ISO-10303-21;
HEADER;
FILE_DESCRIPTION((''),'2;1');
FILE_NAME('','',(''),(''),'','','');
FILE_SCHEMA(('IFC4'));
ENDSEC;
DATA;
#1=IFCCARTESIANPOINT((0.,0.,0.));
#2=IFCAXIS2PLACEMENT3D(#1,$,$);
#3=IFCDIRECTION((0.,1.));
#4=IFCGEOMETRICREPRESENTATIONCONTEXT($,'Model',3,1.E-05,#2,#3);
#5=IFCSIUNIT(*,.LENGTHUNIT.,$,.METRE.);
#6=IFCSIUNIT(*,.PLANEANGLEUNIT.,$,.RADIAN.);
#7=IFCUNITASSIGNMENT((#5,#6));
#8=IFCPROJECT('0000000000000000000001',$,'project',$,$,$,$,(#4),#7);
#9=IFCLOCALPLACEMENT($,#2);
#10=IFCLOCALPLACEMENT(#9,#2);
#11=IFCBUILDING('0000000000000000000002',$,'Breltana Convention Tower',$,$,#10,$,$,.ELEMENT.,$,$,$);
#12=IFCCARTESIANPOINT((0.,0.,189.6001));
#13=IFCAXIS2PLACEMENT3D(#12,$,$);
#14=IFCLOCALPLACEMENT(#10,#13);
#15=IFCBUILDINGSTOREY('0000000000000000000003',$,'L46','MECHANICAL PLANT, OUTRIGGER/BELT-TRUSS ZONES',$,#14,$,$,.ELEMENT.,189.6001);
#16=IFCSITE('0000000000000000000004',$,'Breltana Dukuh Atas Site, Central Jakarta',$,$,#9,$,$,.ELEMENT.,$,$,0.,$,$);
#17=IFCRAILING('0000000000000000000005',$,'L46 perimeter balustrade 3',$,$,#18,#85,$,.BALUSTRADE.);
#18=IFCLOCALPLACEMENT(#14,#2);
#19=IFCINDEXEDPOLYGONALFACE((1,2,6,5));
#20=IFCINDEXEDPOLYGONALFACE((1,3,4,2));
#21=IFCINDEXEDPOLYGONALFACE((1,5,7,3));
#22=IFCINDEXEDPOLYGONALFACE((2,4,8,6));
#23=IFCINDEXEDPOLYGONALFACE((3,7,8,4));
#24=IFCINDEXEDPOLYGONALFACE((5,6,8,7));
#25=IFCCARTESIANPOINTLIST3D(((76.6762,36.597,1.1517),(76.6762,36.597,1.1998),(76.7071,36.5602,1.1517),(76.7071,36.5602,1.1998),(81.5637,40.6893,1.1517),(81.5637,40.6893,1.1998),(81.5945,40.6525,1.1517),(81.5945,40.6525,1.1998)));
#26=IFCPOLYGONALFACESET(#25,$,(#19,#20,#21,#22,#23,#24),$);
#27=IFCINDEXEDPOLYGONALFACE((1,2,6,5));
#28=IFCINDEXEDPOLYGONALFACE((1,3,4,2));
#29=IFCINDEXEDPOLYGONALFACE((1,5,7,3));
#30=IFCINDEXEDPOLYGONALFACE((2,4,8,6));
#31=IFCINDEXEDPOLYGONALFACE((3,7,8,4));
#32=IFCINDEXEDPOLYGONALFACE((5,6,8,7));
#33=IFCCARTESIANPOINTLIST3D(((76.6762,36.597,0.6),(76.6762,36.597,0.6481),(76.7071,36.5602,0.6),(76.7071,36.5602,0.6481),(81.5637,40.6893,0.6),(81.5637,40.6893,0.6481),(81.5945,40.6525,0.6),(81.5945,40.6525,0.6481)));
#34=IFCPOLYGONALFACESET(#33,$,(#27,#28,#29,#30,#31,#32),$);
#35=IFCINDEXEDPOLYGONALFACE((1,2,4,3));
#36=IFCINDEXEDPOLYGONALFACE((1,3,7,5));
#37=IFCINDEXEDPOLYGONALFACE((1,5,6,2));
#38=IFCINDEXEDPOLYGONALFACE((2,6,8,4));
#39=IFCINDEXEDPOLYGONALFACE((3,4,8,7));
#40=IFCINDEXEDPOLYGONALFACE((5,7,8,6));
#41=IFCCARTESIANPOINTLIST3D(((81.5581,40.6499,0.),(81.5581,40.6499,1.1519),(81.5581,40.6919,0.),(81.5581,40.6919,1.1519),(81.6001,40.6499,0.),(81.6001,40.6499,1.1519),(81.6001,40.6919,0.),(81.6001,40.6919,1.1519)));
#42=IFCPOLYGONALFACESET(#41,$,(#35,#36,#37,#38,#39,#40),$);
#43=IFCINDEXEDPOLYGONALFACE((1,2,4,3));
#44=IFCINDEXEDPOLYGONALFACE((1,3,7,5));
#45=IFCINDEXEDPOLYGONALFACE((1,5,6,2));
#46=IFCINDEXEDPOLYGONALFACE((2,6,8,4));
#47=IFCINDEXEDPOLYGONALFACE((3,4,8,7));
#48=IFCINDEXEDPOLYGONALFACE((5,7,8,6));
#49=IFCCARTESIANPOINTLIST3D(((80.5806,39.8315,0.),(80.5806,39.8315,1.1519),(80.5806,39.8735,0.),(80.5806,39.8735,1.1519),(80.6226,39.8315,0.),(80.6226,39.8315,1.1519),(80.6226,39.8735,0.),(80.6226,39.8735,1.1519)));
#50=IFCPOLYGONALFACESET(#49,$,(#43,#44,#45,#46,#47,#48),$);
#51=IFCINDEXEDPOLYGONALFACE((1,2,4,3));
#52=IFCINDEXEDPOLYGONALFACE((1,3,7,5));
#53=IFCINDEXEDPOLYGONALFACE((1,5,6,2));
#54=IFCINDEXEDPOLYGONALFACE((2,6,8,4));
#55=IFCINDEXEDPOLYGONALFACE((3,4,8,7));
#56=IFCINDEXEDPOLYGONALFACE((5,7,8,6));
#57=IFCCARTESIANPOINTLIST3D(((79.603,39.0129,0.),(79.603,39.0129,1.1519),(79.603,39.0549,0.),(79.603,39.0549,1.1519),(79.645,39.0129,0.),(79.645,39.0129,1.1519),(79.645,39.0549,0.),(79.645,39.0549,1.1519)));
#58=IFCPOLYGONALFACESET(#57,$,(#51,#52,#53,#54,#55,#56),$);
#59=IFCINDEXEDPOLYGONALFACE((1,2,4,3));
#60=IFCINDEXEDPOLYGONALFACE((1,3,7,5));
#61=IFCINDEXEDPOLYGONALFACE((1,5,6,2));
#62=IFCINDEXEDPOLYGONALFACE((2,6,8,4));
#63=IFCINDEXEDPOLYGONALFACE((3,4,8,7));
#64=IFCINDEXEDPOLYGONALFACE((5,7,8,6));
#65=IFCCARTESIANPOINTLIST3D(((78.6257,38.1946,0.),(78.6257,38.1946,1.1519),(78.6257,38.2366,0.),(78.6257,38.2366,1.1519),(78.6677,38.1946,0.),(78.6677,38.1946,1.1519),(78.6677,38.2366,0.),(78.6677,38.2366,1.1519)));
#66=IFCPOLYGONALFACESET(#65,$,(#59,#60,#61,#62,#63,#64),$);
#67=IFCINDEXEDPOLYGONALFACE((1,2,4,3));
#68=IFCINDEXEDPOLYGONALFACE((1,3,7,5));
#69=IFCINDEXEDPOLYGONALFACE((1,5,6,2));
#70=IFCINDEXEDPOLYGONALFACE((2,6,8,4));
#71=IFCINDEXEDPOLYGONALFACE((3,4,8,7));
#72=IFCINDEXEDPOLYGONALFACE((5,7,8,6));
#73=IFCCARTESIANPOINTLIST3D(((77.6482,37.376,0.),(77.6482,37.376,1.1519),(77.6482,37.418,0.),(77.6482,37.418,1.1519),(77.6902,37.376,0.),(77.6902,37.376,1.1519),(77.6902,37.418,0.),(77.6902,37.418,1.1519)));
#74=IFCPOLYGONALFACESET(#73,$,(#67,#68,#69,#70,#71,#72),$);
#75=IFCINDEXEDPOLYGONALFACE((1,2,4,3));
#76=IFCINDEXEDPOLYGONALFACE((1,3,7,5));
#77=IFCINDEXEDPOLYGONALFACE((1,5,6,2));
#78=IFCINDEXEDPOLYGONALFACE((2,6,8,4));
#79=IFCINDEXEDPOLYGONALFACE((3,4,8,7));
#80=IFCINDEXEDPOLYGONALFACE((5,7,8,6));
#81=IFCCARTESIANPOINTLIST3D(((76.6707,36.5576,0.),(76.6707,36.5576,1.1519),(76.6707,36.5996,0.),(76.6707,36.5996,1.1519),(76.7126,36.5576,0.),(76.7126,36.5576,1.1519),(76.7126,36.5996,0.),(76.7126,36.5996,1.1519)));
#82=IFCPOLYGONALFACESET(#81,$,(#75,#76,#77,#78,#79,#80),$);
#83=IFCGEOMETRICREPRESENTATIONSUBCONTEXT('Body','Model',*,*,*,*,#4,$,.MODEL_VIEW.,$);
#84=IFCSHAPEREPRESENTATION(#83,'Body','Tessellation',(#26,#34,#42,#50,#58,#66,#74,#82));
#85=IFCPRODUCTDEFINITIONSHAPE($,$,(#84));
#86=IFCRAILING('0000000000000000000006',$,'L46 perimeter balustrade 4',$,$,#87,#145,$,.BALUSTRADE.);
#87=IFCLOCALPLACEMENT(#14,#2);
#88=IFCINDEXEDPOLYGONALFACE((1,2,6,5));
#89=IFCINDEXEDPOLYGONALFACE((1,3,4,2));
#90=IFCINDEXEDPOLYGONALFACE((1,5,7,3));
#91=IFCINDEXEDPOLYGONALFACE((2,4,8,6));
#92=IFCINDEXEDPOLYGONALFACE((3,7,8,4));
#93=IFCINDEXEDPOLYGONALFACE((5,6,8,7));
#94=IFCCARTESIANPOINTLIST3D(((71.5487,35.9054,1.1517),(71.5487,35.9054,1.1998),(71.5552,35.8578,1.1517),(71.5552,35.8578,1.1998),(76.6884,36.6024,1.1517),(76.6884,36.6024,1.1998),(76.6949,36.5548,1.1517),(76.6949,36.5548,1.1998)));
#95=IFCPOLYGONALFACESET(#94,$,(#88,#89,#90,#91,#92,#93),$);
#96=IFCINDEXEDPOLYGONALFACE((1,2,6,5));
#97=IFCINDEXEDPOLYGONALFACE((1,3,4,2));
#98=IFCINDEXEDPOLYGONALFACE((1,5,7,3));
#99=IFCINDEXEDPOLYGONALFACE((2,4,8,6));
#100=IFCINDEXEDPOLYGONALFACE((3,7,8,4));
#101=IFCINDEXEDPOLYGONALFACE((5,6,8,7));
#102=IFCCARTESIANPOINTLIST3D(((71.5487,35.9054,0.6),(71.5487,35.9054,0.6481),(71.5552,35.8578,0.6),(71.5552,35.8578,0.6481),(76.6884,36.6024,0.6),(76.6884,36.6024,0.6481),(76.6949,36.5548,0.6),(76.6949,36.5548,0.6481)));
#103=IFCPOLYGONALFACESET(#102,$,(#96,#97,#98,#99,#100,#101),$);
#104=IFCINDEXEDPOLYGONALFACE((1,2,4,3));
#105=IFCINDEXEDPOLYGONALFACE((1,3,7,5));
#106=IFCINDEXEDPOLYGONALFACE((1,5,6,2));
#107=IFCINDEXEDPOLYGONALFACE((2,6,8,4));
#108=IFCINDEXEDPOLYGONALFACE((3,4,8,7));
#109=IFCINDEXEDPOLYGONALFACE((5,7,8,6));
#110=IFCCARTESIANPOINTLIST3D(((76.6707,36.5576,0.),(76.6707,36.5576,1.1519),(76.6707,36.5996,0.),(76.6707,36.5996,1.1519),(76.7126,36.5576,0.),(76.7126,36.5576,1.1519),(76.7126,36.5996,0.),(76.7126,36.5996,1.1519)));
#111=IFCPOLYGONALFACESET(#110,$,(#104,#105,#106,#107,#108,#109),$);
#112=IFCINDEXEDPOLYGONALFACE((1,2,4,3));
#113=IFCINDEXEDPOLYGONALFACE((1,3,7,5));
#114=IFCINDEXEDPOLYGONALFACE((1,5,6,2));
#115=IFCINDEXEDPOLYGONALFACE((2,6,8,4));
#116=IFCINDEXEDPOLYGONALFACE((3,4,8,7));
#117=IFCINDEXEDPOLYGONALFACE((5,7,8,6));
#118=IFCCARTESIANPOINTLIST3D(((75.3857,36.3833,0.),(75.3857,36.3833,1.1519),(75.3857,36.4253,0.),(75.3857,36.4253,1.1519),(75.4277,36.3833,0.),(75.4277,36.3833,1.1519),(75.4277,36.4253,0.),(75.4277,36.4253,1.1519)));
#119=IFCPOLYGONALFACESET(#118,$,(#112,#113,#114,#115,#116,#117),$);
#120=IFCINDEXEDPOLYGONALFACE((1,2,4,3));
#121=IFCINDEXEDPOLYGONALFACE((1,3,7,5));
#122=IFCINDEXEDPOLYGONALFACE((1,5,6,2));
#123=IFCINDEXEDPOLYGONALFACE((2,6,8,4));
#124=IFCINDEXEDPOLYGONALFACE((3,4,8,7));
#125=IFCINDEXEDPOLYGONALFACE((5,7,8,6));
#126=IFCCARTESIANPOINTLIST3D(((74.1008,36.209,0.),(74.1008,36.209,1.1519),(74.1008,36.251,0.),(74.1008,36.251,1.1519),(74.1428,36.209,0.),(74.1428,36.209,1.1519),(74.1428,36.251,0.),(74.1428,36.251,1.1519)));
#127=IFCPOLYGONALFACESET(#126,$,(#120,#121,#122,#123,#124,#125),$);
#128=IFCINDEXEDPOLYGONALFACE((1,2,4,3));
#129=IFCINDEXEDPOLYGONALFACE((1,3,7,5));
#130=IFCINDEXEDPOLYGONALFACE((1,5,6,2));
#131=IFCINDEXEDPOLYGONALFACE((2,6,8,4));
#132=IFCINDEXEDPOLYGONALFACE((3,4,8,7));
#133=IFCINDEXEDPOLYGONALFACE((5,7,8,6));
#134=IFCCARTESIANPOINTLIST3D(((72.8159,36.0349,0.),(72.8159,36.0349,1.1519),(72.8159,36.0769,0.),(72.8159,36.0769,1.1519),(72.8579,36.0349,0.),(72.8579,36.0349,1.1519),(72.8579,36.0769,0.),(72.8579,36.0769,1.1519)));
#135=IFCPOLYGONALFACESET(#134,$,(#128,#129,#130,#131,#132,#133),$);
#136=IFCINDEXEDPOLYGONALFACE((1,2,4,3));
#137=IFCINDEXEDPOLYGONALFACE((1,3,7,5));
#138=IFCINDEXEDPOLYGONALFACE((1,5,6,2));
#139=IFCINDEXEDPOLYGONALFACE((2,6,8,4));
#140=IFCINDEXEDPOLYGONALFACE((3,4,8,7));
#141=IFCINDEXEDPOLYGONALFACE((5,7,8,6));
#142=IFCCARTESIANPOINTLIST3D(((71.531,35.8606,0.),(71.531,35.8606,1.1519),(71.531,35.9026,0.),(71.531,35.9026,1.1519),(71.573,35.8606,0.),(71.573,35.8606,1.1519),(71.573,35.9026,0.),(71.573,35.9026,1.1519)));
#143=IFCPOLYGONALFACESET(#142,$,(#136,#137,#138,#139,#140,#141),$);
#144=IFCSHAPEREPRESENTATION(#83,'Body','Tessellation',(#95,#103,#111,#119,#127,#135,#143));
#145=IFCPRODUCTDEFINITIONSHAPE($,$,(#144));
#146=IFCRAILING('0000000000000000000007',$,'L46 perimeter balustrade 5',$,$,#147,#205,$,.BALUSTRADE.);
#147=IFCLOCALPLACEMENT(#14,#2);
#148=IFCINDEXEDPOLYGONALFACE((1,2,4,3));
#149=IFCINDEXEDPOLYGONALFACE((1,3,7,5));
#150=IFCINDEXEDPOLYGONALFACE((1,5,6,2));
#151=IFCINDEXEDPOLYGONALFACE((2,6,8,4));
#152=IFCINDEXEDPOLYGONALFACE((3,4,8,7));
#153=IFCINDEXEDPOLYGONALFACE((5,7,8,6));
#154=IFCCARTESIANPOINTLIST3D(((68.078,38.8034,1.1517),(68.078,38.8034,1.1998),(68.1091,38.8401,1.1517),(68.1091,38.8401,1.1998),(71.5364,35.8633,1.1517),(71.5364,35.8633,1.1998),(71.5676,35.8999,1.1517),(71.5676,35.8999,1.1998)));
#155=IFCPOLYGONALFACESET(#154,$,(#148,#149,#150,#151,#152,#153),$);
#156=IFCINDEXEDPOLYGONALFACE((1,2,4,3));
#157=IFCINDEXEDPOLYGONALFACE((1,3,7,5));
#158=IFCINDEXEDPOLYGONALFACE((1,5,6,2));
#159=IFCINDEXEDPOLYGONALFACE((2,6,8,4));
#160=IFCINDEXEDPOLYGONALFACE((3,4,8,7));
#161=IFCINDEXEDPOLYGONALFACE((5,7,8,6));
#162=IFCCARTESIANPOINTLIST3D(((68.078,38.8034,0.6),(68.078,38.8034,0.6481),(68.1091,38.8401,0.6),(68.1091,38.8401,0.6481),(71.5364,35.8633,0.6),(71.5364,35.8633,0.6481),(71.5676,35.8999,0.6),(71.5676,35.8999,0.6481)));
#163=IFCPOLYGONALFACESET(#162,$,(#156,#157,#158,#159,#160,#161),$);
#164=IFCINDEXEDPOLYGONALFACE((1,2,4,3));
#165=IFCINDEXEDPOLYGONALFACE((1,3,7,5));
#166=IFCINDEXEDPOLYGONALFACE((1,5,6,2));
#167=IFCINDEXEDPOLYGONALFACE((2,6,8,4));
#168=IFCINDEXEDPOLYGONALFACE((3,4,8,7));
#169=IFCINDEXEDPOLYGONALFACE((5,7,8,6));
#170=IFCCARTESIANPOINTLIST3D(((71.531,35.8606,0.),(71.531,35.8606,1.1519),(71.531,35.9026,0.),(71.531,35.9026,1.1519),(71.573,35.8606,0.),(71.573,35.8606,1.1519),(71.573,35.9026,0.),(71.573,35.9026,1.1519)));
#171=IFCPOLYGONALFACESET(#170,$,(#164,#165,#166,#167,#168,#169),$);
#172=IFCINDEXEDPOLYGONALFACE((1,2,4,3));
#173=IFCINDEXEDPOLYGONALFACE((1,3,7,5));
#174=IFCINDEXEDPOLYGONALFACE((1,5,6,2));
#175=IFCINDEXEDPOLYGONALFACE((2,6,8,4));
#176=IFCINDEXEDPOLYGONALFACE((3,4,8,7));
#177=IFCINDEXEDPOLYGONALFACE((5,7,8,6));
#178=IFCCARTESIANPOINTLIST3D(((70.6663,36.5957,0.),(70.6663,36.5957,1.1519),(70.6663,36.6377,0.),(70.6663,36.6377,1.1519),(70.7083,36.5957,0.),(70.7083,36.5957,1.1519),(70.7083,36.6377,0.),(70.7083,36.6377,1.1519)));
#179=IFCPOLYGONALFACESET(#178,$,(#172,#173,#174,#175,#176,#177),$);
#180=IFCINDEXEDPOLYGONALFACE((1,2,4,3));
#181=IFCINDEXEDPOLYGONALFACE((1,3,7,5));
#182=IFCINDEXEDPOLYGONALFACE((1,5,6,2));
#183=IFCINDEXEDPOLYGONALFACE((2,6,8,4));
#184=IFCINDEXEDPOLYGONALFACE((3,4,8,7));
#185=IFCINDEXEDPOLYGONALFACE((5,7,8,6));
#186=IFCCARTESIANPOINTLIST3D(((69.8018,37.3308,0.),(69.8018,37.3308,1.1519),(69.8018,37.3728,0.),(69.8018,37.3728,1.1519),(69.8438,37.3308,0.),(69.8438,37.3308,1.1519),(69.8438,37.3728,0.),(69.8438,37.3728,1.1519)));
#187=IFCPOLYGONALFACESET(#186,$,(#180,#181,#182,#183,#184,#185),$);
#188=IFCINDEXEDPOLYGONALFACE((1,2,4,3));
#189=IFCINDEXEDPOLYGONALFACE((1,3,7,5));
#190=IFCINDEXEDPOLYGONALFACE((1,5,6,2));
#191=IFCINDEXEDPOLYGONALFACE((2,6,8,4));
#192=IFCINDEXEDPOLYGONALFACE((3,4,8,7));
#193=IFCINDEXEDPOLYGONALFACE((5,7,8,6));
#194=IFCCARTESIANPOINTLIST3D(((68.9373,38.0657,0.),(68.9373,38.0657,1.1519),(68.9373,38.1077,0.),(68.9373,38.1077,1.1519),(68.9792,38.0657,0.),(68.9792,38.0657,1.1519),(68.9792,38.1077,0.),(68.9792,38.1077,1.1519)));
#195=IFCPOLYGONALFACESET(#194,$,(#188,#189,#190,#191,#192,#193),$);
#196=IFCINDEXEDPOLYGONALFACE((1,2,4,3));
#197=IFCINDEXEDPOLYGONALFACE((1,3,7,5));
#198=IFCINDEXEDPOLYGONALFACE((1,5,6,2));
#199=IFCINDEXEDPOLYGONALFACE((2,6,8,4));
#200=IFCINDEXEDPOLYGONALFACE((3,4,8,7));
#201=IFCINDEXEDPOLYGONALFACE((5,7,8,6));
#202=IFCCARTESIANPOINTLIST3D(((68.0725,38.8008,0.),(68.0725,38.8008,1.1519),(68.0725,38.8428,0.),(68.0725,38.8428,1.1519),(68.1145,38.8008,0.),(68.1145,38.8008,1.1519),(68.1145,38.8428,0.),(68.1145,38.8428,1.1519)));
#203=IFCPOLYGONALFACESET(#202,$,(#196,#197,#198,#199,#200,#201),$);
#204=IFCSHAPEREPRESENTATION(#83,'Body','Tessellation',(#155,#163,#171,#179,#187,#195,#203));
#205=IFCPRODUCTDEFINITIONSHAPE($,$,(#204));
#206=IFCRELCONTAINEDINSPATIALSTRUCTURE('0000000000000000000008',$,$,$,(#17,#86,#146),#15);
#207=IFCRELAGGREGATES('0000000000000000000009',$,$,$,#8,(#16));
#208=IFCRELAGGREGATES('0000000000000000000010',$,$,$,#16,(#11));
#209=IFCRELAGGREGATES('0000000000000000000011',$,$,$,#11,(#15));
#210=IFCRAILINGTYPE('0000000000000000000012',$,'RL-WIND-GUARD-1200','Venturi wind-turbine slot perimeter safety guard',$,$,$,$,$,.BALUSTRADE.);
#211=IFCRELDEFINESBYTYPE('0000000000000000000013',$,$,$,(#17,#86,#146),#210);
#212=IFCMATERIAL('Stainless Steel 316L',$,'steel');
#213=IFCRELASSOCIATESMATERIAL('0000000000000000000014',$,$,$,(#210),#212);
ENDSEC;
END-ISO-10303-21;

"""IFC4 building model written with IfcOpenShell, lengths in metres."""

from ifc_helpers import new_model, si_unit, direction, frame, origin, origin_2d, place, context, subcontext, project, spatial, rectangle, extrude, material, type_object, element, save


model = new_model("IFC4")

# Units and contexts
model_context = context("Model", 3, precision=1e-05, world=origin(), true_north=direction((0.0, 1.0)))
body_context = subcontext(model_context, "Body", "Model", "MODEL_VIEW")
ifc_project = project(units=[si_unit("LENGTHUNIT", "METRE"), si_unit("PLANEANGLEUNIT", "RADIAN")], contexts=[model_context])

# Site, building, storey
site_placement = place(None, origin())
site = spatial("IfcSite", under=ifc_project, at=site_placement, Name="Breltana Dukuh Atas Site, Central Jakarta", CompositionType="ELEMENT", RefElevation=0.0)
building_placement = place(site_placement, origin())
building = spatial("IfcBuilding", under=site, at=building_placement, Name="Breltana Convention Tower", CompositionType="ELEMENT")
storey_placement = place(building_placement, frame((0.0, 0.0, 189.6001)))
storey = spatial("IfcBuildingStorey", under=building, at=storey_placement, Name="L46", Description="MECHANICAL PLANT, OUTRIGGER/BELT-TRUSS ZONES", CompositionType="ELEMENT", Elevation=189.6001)

# Railings
ifc_material_1 = material(Name="Stainless Steel 316L", Category="steel")
railing_type = type_object("IfcRailingType", Name="RL-WIND-GUARD-1200", Description="Venturi wind-turbine slot perimeter safety guard", PredefinedType="BALUSTRADE", material=ifc_material_1)
railing_1_placement = place(storey_placement, frame((81.5791, 40.6709, 0.0)))
element("IfcRailing", 1, at=railing_1_placement, inside=storey, type_object=railing_type, Name="L46 perimeter balustrade 3", PredefinedType="BALUSTRADE", context=body_context, shape_type="SweptSolid", body=[
    extrude(rectangle(XDim=0.0481, YDim=0.0481, at=origin_2d()), frame((0.0, 0.0, 1.1758), z_axis=(-0.766722, -0.64198, 0.0), x_axis=(0.64198, -0.766722, 0.0)), (0.0, 0.0, 1.0), 6.3745),
    extrude(rectangle(XDim=0.0481, YDim=0.0481, at=origin_2d()), frame((0.0, 0.0, 0.624), z_axis=(-0.766722, -0.64198, 0.0), x_axis=(0.64198, -0.766722, 0.0)), (0.0, 0.0, 1.0), 6.3745),
    extrude(rectangle(XDim=0.042, YDim=0.042, at=origin_2d()), origin(), (0.0, 0.0, 1.0), 1.1519),
    extrude(rectangle(XDim=0.042, YDim=0.042, at=origin_2d()), frame((-0.9775, -0.8184, 0.0)), (0.0, 0.0, 1.0), 1.1519),
    extrude(rectangle(XDim=0.042, YDim=0.042, at=origin_2d()), frame((-1.9551, -1.637, 0.0)), (0.0, 0.0, 1.0), 1.1519),
    extrude(rectangle(XDim=0.042, YDim=0.042, at=origin_2d()), frame((-2.9324, -2.4553, 0.0)), (0.0, 0.0, 1.0), 1.1519),
    extrude(rectangle(XDim=0.042, YDim=0.042, at=origin_2d()), frame((-3.9099, -3.2739, 0.0)), (0.0, 0.0, 1.0), 1.1519),
    extrude(rectangle(XDim=0.042, YDim=0.042, at=origin_2d()), frame((-4.8875, -4.0923, 0.0)), (0.0, 0.0, 1.0), 1.1519),
])
railing_2_placement = place(storey_placement, frame((76.6917, 36.5786, 0.0)))
element("IfcRailing", 2, at=railing_2_placement, inside=storey, type_object=railing_type, Name="L46 perimeter balustrade 4", PredefinedType="BALUSTRADE", context=body_context, shape_type="SweptSolid", body=[
    extrude(rectangle(XDim=0.0481, YDim=0.0481, at=origin_2d()), frame((0.0, 0.0, 1.1758), z_axis=(-0.990929, -0.134386, 0.0), x_axis=(0.134386, -0.990929, 0.0)), (0.0, 0.0, 1.0), 5.1868),
    extrude(rectangle(XDim=0.0481, YDim=0.0481, at=origin_2d()), frame((0.0, 0.0, 0.624), z_axis=(-0.990929, -0.134386, 0.0), x_axis=(0.134386, -0.990929, 0.0)), (0.0, 0.0, 1.0), 5.1868),
    extrude(rectangle(XDim=0.042, YDim=0.042, at=origin_2d()), origin(), (0.0, 0.0, 1.0), 1.1519),
    extrude(rectangle(XDim=0.042, YDim=0.042, at=origin_2d()), frame((-1.2849, -0.1743, 0.0)), (0.0, 0.0, 1.0), 1.1519),
    extrude(rectangle(XDim=0.042, YDim=0.042, at=origin_2d()), frame((-2.5698, -0.3486, 0.0)), (0.0, 0.0, 1.0), 1.1519),
    extrude(rectangle(XDim=0.042, YDim=0.042, at=origin_2d()), frame((-3.8547, -0.5227, 0.0)), (0.0, 0.0, 1.0), 1.1519),
    extrude(rectangle(XDim=0.042, YDim=0.042, at=origin_2d()), frame((-5.1396, -0.697, 0.0)), (0.0, 0.0, 1.0), 1.1519),
])
railing_3_placement = place(storey_placement, frame((71.552, 35.8816, 0.0)))
element("IfcRailing", 3, at=railing_3_placement, inside=storey, type_object=railing_type, Name="L46 perimeter balustrade 5", PredefinedType="BALUSTRADE", context=body_context, shape_type="SweptSolid", body=[
    extrude(rectangle(XDim=0.0481, YDim=0.0481, at=origin_2d()), frame((0.0, 0.0, 1.1758), z_axis=(-0.761889, 0.647708, 0.0), x_axis=(-0.647708, -0.761889, 0.0)), (0.0, 0.0, 1.0), 4.5393),
    extrude(rectangle(XDim=0.0481, YDim=0.0481, at=origin_2d()), frame((0.0, 0.0, 0.624), z_axis=(-0.761889, 0.647708, 0.0), x_axis=(-0.647708, -0.761889, 0.0)), (0.0, 0.0, 1.0), 4.5393),
    extrude(rectangle(XDim=0.042, YDim=0.042, at=origin_2d()), origin(), (0.0, 0.0, 1.0), 1.1519),
    extrude(rectangle(XDim=0.042, YDim=0.042, at=origin_2d()), frame((-0.8647, 0.7351, 0.0)), (0.0, 0.0, 1.0), 1.1519),
    extrude(rectangle(XDim=0.042, YDim=0.042, at=origin_2d()), frame((-1.7292, 1.4702, 0.0)), (0.0, 0.0, 1.0), 1.1519),
    extrude(rectangle(XDim=0.042, YDim=0.042, at=origin_2d()), frame((-2.5938, 2.2051, 0.0)), (0.0, 0.0, 1.0), 1.1519),
    extrude(rectangle(XDim=0.042, YDim=0.042, at=origin_2d()), frame((-3.4585, 2.9402, 0.0)), (0.0, 0.0, 1.0), 1.1519),
])

save(model, "model.ifc")
